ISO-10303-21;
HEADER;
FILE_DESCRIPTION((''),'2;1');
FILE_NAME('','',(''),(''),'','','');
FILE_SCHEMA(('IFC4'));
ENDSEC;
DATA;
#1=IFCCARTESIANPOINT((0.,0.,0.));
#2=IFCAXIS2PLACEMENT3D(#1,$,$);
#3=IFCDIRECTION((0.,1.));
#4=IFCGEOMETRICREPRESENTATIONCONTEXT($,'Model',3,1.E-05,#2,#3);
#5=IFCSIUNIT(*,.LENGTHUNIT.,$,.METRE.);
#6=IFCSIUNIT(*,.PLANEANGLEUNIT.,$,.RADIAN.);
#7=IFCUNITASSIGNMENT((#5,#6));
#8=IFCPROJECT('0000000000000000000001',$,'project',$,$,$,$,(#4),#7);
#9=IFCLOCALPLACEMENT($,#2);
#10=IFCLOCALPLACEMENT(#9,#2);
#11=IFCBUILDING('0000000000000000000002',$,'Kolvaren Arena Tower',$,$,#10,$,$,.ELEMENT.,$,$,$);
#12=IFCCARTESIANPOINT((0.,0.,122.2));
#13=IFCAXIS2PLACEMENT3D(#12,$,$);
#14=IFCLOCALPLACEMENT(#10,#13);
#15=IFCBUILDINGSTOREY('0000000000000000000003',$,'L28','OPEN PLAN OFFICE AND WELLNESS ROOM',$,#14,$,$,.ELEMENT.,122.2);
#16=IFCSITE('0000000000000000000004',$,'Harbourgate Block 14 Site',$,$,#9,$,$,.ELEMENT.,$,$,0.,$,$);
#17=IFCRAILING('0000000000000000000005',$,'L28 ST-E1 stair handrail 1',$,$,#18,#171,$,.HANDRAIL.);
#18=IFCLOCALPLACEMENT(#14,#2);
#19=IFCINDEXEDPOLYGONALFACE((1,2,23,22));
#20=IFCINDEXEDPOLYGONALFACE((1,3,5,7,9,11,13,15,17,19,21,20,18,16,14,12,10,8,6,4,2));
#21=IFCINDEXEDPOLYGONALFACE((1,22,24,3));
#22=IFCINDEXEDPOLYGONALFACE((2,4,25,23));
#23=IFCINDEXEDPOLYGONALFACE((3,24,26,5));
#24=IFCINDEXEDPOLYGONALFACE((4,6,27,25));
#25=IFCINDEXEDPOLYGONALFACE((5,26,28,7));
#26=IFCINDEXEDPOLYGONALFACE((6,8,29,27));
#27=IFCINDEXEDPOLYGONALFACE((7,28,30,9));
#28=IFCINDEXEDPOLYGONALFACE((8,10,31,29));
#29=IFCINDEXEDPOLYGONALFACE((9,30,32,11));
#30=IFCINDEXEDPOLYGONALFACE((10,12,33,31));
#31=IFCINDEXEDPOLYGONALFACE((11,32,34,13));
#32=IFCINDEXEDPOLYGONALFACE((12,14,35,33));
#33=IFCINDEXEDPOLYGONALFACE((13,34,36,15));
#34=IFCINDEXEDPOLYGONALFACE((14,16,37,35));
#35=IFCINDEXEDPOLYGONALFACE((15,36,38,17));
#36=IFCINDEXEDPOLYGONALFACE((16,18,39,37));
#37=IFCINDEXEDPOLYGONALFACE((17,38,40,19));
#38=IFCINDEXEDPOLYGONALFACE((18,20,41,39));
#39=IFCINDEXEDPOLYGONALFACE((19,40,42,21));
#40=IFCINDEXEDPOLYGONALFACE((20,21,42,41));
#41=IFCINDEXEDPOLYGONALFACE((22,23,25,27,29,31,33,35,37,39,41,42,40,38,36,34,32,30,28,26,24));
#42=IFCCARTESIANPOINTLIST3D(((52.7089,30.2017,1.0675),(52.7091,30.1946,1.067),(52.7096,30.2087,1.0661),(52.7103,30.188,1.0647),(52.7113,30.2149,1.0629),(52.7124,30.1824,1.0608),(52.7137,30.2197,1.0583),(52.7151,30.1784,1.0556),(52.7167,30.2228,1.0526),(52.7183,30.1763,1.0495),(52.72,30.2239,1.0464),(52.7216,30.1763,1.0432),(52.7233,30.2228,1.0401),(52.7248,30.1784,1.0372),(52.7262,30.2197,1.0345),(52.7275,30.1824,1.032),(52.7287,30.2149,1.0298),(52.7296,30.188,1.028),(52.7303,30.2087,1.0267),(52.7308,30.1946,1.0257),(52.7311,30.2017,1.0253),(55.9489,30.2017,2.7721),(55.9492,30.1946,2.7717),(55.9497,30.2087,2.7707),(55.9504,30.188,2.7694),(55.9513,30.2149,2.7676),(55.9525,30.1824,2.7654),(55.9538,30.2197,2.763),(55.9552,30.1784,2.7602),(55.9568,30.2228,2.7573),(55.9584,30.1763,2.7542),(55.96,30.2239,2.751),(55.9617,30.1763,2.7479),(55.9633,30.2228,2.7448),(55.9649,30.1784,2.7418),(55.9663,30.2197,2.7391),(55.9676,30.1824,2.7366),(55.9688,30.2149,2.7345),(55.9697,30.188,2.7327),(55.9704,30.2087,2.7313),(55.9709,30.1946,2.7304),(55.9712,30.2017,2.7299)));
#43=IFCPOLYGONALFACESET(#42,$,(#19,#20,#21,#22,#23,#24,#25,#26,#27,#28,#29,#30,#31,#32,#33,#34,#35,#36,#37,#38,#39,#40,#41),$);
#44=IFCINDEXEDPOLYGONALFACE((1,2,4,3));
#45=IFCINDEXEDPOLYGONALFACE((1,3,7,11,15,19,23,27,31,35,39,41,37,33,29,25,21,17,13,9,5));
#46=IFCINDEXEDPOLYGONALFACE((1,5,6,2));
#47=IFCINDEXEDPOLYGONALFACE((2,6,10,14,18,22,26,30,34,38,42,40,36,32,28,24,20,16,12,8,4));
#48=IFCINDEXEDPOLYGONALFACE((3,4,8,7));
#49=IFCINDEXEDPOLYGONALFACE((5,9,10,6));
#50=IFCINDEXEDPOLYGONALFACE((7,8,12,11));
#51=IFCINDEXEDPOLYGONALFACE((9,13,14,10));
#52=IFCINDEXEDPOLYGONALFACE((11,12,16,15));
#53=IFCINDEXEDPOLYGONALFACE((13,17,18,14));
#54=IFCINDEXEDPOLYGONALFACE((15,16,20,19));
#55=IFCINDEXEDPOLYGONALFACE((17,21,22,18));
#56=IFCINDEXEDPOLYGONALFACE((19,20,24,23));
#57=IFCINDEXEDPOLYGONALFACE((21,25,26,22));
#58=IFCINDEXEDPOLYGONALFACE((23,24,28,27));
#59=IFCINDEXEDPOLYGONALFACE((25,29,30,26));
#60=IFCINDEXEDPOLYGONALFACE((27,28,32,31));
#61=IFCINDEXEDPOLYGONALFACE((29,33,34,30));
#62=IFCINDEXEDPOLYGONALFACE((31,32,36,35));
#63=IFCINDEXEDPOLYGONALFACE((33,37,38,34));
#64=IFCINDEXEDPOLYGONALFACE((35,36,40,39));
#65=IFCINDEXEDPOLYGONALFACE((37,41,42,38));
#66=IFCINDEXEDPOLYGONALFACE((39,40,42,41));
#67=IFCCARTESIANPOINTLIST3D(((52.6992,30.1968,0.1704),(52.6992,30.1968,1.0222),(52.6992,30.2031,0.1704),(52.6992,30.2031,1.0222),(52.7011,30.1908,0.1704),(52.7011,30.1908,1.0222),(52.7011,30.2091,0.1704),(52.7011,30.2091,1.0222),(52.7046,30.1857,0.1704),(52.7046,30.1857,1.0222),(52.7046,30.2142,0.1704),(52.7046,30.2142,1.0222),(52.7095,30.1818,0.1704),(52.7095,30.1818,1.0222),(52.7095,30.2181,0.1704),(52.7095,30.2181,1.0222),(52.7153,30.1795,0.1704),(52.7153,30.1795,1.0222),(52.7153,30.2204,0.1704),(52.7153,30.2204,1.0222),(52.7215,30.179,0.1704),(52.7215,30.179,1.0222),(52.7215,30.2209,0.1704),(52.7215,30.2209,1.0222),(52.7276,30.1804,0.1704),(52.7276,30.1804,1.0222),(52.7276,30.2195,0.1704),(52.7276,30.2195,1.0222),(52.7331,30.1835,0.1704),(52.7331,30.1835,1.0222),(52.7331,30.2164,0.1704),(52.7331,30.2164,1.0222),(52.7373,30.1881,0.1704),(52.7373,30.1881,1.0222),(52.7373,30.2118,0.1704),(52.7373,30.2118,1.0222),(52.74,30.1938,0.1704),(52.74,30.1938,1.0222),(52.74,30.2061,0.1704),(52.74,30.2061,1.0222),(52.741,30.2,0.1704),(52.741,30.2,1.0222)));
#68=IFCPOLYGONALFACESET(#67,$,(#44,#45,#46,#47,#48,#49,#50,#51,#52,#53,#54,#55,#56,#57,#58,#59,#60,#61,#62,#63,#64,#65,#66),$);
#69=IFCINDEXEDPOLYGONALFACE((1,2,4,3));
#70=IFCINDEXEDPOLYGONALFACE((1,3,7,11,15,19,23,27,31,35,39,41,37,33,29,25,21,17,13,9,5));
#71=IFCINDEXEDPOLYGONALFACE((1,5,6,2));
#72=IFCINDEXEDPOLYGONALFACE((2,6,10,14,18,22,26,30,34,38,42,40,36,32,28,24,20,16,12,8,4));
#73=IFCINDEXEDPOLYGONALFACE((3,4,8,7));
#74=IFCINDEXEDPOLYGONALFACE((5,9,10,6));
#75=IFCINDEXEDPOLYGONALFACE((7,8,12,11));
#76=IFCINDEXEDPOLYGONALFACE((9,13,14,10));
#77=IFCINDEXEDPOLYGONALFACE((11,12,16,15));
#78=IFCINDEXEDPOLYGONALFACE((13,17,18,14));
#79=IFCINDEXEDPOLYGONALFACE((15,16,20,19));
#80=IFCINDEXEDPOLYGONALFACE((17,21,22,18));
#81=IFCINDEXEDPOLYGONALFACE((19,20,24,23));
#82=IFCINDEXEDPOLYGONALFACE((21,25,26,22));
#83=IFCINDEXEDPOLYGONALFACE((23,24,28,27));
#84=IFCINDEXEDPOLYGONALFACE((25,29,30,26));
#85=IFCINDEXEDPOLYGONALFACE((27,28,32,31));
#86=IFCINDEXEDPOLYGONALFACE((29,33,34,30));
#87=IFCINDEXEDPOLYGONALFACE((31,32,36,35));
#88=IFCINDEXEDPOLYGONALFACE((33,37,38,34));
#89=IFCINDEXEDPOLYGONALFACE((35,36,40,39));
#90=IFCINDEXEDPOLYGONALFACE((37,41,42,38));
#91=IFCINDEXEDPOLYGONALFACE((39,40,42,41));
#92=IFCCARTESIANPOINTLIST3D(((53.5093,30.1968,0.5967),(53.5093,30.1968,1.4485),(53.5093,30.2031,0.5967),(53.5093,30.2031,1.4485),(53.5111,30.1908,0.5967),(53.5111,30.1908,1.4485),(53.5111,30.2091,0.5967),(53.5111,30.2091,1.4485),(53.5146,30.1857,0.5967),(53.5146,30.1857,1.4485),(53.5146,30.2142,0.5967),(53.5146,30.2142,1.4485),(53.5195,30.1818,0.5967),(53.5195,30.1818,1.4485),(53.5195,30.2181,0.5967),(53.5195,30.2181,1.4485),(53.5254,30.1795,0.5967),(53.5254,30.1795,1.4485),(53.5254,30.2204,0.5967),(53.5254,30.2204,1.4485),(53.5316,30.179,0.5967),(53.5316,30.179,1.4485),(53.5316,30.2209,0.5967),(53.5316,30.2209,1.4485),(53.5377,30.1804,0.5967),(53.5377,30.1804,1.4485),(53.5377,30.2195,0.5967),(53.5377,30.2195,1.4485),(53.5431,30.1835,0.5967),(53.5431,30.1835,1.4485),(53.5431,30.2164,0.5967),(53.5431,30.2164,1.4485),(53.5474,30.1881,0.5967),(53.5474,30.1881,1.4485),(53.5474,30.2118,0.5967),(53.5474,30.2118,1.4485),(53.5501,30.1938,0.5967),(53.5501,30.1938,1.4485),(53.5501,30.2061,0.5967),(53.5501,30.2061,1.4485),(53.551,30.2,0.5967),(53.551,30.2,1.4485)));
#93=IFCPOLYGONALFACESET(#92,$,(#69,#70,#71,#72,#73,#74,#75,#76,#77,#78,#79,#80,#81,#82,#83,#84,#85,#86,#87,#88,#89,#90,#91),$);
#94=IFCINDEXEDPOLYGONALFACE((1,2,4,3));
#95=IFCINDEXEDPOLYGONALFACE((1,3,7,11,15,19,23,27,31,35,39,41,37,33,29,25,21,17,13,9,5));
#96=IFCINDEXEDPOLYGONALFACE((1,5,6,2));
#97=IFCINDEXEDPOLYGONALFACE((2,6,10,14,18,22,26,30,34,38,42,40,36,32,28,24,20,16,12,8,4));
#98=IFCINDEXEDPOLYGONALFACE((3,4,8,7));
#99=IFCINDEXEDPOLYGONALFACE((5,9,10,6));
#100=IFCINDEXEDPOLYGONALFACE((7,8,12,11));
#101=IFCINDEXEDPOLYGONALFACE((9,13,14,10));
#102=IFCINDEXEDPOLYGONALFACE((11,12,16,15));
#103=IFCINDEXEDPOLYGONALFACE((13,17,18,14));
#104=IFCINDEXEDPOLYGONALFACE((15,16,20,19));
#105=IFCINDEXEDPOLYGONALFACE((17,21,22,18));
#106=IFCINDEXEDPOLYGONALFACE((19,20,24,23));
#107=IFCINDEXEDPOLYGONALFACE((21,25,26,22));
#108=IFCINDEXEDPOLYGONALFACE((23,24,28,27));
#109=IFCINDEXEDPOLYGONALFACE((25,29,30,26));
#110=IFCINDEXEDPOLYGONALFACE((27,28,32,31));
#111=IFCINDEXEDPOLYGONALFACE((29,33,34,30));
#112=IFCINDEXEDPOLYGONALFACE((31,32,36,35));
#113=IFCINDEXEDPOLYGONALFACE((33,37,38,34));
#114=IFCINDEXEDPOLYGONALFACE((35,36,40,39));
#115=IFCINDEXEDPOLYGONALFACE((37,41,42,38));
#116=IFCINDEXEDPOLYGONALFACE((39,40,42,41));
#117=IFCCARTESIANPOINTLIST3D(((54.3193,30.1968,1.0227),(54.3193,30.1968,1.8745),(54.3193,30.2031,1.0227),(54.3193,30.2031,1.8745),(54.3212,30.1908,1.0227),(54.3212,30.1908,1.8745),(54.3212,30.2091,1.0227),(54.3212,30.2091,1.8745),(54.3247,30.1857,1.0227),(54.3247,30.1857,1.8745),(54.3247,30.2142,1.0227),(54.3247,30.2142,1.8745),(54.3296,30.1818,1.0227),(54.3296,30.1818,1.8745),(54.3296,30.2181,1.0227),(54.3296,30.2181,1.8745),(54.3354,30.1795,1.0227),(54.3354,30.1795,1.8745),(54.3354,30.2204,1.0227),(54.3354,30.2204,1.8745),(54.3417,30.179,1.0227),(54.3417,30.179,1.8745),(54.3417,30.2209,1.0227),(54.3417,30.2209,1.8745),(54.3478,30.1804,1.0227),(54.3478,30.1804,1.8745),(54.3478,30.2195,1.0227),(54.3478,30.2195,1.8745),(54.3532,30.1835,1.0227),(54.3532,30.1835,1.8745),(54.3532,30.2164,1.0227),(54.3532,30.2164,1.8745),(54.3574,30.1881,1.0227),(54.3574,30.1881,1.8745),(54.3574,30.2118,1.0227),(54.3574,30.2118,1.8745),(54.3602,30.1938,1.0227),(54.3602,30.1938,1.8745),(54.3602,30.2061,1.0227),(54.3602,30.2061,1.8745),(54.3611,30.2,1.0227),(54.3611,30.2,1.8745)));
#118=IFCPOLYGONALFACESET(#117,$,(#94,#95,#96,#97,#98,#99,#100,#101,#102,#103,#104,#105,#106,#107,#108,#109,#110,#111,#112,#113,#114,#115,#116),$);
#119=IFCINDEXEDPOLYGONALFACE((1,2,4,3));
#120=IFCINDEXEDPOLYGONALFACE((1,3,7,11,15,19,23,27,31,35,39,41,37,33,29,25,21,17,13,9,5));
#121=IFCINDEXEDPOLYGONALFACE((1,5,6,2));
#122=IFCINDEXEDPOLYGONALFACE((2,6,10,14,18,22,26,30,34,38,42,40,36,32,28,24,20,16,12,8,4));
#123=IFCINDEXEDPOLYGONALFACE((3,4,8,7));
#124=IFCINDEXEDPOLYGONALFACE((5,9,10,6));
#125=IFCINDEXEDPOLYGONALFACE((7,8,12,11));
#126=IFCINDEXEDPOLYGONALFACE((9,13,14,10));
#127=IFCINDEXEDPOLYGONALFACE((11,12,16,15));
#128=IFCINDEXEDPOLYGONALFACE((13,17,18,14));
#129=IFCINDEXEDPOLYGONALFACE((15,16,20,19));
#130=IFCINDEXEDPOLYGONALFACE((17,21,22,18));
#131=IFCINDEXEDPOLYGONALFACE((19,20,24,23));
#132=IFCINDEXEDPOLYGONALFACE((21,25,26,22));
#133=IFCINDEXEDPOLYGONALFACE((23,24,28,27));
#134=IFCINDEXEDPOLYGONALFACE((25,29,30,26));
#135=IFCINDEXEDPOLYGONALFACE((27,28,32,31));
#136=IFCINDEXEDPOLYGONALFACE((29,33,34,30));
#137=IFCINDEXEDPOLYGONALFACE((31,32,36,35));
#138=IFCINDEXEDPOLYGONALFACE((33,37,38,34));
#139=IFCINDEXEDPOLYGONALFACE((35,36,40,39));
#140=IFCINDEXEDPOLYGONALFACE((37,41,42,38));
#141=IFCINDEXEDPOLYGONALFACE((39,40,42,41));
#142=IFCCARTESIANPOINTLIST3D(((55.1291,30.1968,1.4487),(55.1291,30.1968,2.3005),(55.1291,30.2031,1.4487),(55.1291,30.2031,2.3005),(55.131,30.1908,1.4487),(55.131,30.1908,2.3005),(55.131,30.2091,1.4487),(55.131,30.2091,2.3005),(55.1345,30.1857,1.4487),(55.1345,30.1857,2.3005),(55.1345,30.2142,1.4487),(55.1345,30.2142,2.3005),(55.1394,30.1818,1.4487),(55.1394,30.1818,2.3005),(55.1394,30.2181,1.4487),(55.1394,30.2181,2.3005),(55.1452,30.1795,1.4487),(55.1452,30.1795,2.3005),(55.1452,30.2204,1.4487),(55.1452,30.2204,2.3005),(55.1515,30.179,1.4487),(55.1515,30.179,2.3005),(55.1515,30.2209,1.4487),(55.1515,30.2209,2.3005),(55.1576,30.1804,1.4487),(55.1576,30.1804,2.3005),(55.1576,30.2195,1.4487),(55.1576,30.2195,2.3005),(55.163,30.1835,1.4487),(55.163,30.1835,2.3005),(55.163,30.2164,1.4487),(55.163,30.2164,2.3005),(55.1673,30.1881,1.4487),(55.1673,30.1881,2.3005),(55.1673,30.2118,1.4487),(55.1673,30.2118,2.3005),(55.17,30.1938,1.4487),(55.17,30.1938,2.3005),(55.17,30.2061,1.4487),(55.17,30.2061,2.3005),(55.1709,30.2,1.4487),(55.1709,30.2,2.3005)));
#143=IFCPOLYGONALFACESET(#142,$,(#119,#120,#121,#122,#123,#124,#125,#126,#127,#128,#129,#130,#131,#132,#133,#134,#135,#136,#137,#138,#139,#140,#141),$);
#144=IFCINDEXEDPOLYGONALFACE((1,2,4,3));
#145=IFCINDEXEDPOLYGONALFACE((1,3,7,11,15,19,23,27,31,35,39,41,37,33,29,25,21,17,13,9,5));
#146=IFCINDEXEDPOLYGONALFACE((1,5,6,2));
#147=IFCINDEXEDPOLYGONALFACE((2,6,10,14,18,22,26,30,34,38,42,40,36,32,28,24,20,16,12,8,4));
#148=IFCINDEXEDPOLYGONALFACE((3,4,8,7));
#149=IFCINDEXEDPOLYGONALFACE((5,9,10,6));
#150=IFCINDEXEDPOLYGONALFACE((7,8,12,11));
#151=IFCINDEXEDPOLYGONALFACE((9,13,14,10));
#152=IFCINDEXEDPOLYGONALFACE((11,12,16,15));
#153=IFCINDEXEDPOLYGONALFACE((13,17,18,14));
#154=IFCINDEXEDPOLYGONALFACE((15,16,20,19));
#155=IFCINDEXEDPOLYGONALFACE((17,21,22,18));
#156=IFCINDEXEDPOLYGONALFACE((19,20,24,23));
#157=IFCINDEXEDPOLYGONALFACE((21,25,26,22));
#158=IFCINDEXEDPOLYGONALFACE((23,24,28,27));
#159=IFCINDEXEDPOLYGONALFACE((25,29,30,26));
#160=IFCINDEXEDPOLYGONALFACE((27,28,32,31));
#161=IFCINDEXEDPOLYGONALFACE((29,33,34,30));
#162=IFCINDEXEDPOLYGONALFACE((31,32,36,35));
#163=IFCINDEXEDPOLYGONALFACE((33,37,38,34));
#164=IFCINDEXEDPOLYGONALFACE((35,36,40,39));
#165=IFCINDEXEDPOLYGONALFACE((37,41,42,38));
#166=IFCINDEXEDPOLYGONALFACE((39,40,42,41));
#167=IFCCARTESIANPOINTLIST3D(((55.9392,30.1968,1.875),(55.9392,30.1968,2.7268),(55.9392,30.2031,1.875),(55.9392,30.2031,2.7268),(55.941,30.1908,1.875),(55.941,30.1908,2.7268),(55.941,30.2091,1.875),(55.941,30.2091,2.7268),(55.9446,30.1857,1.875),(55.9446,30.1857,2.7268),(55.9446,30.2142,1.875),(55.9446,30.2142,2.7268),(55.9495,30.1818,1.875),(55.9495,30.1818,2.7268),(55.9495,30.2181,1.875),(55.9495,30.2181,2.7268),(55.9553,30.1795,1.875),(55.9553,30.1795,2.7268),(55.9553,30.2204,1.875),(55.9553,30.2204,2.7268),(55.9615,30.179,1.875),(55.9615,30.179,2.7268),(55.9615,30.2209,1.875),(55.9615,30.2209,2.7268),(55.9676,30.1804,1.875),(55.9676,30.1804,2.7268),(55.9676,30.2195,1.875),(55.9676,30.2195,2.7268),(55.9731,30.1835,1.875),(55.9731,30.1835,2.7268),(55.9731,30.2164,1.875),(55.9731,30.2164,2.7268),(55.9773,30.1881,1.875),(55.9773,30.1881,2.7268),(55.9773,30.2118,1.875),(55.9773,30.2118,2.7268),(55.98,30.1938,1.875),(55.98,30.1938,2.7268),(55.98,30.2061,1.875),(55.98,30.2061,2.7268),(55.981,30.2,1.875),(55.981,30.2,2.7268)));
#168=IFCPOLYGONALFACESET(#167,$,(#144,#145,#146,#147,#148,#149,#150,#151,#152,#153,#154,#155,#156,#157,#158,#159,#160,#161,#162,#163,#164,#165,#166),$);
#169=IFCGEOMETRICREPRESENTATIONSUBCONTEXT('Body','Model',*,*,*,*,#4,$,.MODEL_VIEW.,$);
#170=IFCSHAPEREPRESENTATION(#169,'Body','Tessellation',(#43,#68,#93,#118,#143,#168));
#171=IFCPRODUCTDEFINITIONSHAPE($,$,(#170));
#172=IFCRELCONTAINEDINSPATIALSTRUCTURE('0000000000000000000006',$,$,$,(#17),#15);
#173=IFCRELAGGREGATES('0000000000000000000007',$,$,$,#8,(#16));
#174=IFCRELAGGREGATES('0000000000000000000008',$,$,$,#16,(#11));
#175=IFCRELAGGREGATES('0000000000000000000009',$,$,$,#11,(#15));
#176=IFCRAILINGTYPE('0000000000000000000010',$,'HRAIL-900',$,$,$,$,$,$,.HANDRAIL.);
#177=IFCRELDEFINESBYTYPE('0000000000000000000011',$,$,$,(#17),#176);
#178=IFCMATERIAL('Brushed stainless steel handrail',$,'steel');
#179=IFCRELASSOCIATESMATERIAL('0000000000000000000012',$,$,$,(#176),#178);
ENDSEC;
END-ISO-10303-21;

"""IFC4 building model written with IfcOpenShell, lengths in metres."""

from ifc_helpers import new_model, si_unit, direction, frame, origin, origin_2d, place, context, subcontext, project, spatial, circle, extrude, material, type_object, element, save


model = new_model("IFC4")

# Units and contexts
model_context = context("Model", 3, precision=1e-05, world=origin(), true_north=direction((0.0, 1.0)))
body_context = subcontext(model_context, "Body", "Model", "MODEL_VIEW")
ifc_project = project(units=[si_unit("LENGTHUNIT", "METRE"), si_unit("PLANEANGLEUNIT", "RADIAN")], contexts=[model_context])

# Site, building, storey
site_placement = place(None, origin())
site = spatial("IfcSite", under=ifc_project, at=site_placement, Name="Harbourgate Block 14 Site", CompositionType="ELEMENT", RefElevation=0.0)
building_placement = place(site_placement, origin())
building = spatial("IfcBuilding", under=site, at=building_placement, Name="Kolvaren Arena Tower", CompositionType="ELEMENT")
storey_placement = place(building_placement, frame((0.0, 0.0, 122.2)))
storey = spatial("IfcBuildingStorey", under=building, at=storey_placement, Name="L28", Description="OPEN PLAN OFFICE AND WELLNESS ROOM", CompositionType="ELEMENT", Elevation=122.2)

# Railing
ifc_material_1 = material(Name="Brushed stainless steel handrail", Category="steel")
railing_type_1 = type_object("IfcRailingType", Name="HRAIL-900", PredefinedType="HANDRAIL", material=ifc_material_1)
for number, where, name in (
    (1, (52.72, 30.2, 0.1704), "L28 ST-E1 stair handrail 1"),
):
    element("IfcRailing", number, at=place(storey_placement, frame(where)), inside=storey, type_object=railing_type_1, Name=name, PredefinedType="HANDRAIL", context=body_context, shape_type="SweptSolid", body=[
        extrude(circle(Radius=0.0239, at=origin_2d()), frame((0.0, 0.0, 0.876), z_axis=(0.884993, 0.0, 0.465604), x_axis=(0.0, 1.0, 0.0)), (0.0, 0.0, 1.0), 3.6611),
        extrude(circle(Radius=0.021, at=origin_2d()), origin(), (0.0, 0.0, 1.0), 0.8518),
        extrude(circle(Radius=0.021, at=origin_2d()), frame((0.8101, 0.0, 0.4263)), (0.0, 0.0, 1.0), 0.8518),
        extrude(circle(Radius=0.021, at=origin_2d()), frame((1.6201, 0.0, 0.8523)), (0.0, 0.0, 1.0), 0.8518),
        extrude(circle(Radius=0.021, at=origin_2d()), frame((2.4299, 0.0, 1.2783)), (0.0, 0.0, 1.0), 0.8518),
        extrude(circle(Radius=0.021, at=origin_2d()), frame((3.24, 0.0, 1.7046)), (0.0, 0.0, 1.0), 0.8518),
    ])

save(model, "model.ifc")
